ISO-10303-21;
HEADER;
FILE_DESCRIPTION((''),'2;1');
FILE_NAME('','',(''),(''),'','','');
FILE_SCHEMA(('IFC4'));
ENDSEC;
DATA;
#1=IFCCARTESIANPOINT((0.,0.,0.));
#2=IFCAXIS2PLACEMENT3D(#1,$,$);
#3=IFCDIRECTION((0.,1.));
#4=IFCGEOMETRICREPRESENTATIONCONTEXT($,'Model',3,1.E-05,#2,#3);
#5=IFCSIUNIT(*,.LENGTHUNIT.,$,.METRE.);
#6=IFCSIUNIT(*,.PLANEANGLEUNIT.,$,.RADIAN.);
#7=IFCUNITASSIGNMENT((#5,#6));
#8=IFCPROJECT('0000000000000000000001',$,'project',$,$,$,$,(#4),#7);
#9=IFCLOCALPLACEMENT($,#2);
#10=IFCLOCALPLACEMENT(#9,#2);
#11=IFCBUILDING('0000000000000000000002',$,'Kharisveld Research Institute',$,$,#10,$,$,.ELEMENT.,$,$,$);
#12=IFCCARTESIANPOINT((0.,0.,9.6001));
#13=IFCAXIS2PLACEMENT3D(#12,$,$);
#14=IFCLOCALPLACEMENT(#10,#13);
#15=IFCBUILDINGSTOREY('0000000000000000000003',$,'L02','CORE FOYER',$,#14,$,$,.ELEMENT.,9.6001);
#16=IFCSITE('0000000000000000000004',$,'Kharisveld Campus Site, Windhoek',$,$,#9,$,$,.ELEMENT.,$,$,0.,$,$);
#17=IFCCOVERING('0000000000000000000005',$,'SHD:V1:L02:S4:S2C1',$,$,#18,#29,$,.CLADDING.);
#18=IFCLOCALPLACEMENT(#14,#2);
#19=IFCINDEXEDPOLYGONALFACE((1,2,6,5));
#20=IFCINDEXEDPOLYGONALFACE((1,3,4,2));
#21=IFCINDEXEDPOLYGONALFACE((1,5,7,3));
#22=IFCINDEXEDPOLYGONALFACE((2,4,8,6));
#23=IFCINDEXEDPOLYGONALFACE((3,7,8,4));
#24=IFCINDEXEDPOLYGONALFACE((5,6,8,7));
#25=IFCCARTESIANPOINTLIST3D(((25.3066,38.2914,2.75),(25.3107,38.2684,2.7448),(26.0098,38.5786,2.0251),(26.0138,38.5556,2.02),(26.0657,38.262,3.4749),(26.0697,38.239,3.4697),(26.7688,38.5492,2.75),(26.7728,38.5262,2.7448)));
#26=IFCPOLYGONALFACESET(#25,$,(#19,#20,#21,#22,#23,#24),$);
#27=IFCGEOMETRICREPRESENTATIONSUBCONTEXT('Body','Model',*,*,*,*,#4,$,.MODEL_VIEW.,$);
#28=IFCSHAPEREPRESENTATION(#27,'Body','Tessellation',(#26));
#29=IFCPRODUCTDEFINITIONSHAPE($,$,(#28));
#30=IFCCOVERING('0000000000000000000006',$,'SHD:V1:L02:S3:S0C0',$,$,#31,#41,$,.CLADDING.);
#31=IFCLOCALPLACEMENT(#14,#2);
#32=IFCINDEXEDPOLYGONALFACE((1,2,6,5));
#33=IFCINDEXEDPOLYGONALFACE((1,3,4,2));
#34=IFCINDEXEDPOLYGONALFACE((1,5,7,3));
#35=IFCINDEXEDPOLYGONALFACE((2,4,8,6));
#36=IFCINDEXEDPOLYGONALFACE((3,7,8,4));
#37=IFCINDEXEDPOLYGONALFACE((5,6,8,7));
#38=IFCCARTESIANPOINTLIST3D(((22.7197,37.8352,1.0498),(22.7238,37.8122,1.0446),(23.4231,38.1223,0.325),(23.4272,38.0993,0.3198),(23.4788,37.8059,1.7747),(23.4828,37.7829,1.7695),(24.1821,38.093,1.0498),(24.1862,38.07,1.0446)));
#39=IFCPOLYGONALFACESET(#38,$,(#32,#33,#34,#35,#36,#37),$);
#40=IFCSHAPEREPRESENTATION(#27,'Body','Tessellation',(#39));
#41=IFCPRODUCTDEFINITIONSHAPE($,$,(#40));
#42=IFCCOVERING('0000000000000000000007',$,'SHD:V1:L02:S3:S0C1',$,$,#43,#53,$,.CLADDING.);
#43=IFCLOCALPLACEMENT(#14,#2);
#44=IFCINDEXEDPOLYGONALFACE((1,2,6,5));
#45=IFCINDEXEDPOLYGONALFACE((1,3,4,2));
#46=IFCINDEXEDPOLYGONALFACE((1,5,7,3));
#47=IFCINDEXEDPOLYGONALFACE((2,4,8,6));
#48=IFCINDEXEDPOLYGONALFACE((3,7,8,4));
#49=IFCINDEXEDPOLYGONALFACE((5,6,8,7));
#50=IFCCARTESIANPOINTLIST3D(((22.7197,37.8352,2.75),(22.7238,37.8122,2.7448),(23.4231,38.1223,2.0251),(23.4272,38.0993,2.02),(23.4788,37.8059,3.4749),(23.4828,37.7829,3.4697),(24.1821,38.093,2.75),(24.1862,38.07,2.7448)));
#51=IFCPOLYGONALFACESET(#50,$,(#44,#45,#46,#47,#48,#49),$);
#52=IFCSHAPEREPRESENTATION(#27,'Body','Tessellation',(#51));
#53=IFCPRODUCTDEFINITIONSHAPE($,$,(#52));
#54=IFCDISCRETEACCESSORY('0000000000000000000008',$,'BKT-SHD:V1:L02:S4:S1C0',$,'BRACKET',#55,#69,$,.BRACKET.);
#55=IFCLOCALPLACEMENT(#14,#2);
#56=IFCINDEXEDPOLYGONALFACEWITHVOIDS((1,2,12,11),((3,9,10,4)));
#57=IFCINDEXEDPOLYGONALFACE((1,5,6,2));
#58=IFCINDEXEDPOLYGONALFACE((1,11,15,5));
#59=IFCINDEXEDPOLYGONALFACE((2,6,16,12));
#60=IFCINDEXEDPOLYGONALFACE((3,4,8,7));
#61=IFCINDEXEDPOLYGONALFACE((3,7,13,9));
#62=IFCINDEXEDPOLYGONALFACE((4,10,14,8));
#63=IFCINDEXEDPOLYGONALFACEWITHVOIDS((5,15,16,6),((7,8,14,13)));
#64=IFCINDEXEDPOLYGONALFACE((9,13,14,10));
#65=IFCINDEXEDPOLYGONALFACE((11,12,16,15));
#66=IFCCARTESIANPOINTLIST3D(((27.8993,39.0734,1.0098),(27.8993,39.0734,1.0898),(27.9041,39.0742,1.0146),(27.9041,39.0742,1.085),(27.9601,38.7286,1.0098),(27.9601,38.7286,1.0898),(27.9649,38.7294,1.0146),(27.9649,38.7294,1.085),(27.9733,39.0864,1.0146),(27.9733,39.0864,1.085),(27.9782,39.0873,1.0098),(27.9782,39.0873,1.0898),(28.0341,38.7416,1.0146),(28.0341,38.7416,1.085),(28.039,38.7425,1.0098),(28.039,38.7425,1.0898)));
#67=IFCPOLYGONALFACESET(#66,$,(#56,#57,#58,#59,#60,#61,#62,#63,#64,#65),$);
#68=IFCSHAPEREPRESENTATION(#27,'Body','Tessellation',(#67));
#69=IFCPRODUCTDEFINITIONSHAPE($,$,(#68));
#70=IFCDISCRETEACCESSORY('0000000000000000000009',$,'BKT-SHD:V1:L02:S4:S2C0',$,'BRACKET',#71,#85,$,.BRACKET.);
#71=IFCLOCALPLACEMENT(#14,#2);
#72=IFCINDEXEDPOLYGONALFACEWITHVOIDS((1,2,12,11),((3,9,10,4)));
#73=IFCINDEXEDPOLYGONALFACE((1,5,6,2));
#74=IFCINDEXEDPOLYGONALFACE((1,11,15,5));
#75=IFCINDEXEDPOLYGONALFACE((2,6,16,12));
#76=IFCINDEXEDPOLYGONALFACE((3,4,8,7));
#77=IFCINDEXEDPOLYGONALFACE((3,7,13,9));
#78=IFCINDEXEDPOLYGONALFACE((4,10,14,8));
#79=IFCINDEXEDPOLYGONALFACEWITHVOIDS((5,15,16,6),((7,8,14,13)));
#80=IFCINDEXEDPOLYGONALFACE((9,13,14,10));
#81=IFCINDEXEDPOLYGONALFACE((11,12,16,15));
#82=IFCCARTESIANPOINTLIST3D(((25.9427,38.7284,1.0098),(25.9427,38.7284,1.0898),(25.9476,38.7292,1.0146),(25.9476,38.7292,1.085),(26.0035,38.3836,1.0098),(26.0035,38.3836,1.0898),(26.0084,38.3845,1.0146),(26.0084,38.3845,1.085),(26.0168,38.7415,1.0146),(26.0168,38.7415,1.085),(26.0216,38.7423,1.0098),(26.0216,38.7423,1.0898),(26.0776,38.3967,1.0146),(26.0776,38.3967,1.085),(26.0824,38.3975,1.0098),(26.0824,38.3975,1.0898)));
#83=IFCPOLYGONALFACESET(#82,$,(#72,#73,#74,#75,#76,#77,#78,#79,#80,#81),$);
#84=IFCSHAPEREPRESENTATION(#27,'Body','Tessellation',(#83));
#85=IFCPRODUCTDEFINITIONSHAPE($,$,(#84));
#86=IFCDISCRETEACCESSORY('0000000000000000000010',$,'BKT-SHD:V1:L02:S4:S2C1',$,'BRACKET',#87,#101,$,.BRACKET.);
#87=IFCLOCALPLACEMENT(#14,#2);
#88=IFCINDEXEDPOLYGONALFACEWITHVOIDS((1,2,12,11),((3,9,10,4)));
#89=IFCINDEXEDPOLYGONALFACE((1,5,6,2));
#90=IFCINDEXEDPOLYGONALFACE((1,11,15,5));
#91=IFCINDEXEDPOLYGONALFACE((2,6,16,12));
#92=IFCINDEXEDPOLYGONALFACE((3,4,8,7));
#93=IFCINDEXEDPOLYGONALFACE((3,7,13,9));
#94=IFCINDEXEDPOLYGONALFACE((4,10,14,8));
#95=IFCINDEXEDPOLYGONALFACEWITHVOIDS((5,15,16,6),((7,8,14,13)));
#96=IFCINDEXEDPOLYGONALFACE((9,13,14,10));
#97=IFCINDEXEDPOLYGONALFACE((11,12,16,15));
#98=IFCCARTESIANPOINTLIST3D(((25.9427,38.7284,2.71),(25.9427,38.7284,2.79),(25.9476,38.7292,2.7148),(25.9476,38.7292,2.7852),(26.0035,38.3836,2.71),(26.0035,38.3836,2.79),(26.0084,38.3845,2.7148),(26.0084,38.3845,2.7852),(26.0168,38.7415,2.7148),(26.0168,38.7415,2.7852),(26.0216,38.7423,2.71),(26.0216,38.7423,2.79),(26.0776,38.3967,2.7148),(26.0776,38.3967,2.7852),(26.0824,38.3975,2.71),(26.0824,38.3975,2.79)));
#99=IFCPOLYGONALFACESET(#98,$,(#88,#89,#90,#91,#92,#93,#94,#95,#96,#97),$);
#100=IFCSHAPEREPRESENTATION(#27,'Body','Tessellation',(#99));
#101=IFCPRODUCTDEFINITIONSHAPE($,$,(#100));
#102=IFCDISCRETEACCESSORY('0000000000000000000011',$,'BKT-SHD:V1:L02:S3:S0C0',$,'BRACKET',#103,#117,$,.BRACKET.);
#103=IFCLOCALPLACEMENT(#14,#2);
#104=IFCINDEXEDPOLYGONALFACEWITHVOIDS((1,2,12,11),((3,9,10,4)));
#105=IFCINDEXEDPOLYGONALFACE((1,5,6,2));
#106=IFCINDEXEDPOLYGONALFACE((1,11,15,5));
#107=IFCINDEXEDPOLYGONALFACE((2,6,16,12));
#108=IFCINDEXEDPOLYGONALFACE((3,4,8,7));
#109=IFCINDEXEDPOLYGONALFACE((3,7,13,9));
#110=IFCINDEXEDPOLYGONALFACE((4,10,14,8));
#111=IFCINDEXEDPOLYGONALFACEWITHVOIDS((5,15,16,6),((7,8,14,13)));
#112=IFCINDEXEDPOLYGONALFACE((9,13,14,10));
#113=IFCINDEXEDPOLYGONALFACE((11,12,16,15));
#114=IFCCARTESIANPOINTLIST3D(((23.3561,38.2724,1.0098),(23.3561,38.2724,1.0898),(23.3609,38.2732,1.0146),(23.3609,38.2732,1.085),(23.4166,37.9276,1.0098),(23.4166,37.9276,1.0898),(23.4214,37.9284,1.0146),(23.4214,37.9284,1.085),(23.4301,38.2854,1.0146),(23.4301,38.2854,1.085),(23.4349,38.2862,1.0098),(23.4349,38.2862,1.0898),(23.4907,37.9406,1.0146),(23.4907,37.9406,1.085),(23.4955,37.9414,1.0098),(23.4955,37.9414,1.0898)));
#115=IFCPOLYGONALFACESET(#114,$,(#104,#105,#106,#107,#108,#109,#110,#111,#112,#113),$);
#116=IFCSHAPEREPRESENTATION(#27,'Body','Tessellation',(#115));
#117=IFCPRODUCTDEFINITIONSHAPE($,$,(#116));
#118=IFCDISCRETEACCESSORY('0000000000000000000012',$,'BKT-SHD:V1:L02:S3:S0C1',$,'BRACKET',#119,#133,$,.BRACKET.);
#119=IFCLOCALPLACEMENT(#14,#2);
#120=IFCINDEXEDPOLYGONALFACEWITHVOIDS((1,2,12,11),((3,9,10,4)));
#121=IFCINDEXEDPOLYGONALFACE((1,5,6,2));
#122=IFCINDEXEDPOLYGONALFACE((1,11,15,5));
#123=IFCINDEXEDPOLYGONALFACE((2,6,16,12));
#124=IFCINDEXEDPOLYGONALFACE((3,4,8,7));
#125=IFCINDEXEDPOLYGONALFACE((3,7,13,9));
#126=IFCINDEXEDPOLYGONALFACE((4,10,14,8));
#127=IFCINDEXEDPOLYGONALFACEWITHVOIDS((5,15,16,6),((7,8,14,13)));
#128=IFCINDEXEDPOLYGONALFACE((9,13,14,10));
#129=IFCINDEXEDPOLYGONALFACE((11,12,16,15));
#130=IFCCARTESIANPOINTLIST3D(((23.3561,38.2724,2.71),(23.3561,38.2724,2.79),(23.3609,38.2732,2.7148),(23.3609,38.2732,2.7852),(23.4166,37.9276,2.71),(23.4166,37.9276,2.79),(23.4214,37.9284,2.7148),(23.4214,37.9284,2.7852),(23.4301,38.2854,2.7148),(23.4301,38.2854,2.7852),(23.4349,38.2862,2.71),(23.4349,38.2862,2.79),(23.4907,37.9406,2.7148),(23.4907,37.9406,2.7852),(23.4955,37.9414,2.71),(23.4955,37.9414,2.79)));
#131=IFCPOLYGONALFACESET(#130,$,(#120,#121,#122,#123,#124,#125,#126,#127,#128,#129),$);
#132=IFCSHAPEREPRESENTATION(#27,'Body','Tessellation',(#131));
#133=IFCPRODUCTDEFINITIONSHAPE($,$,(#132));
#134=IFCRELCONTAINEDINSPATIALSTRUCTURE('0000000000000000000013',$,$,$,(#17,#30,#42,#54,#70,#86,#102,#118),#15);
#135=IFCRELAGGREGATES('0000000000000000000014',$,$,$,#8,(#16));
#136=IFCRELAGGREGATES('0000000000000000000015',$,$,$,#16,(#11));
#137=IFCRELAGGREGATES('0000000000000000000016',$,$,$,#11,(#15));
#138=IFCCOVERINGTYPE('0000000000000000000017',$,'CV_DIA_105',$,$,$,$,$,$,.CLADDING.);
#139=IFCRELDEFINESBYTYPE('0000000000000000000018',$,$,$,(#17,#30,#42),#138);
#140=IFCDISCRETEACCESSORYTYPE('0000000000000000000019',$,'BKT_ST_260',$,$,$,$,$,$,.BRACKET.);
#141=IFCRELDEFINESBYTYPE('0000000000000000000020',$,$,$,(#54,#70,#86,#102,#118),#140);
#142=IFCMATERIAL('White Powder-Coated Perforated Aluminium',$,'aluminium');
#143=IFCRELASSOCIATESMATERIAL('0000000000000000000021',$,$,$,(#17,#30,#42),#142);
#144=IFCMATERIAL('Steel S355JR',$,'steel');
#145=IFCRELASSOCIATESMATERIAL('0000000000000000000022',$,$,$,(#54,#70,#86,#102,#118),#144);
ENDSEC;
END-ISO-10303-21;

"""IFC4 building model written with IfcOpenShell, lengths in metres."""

from ifc_helpers import new_model, si_unit, direction, frame, origin, origin_2d, place, context, subcontext, project, spatial, polyline, hollow_rectangle, outline, extrude, material, type_object, element, save


model = new_model("IFC4")

# Units and contexts
model_context = context("Model", 3, precision=1e-05, world=origin(), true_north=direction((0.0, 1.0)))
body_context = subcontext(model_context, "Body", "Model", "MODEL_VIEW")
ifc_project = project(units=[si_unit("LENGTHUNIT", "METRE"), si_unit("PLANEANGLEUNIT", "RADIAN")], contexts=[model_context])

# Site, building, storey
site_placement = place(None, origin())
site = spatial("IfcSite", under=ifc_project, at=site_placement, Name="Kharisveld Campus Site, Windhoek", CompositionType="ELEMENT", RefElevation=0.0)
building_placement = place(site_placement, origin())
building = spatial("IfcBuilding", under=site, at=building_placement, Name="Kharisveld Research Institute", CompositionType="ELEMENT")
storey_placement = place(building_placement, frame((0.0, 0.0, 9.6001)))
storey = spatial("IfcBuildingStorey", under=building, at=storey_placement, Name="L02", Description="CORE FOYER", CompositionType="ELEMENT", Elevation=9.6001)

# Coverings
ifc_material_1 = material(Name="White Powder-Coated Perforated Aluminium", Category="aluminium")
covering_type = type_object("IfcCoveringType", Name="CV_DIA_105", PredefinedType="CLADDING")
for number, where, z_axis, x_axis, name in (
    (1, (26.0098, 38.5786, 2.0251), (-0.169525, 0.961443, 0.21654), (-0.669701, -0.273579, 0.690402), "SHD:V1:L02:S4:S2C1"),
):
    element("IfcCovering", number, at=place(storey_placement, frame(where, z_axis=z_axis, x_axis=x_axis)), inside=storey, type_object=covering_type, material=ifc_material_1, Name=name, PredefinedType="CLADDING", context=body_context, shape_type="SweptSolid", body=[
        extrude(outline(polyline([(0.0, 0.0), (1.0499, 0.0), (1.0501, 1.05), (0.0002, 1.05), (0.0, 0.0)])), origin(), (0.0, 0.0, -1.0), 0.0239),
    ])
for number, where, z_axis, x_axis, name in (
    (2, (23.4231, 38.1223, 0.325), (-0.169504, 0.961487, 0.216358), (-0.669853, -0.273429, 0.690314), "SHD:V1:L02:S3:S0C0"),
    (3, (23.4231, 38.1223, 2.0251), (-0.169504, 0.961487, 0.216358), (-0.669853, -0.273429, 0.690314), "SHD:V1:L02:S3:S0C1"),
):
    element("IfcCovering", number, at=place(storey_placement, frame(where, z_axis=z_axis, x_axis=x_axis)), inside=storey, type_object=covering_type, material=ifc_material_1, Name=name, PredefinedType="CLADDING", context=body_context, shape_type="SweptSolid", body=[
        extrude(outline(polyline([(0.0, 0.0), (1.05, 0.0), (1.05, 1.05), (-0.0001, 1.05), (0.0, 0.0)])), origin(), (0.0, 0.0, -1.0), 0.0239),
    ])

# Discrete accessories
ifc_material_2 = material(Name="Steel S355JR", Category="steel")
discrete_accessory_type = type_object("IfcDiscreteAccessoryType", Name="BKT_ST_260", PredefinedType="BRACKET")
for number, where, z_axis, x_axis, name in (
    (4, (27.9387, 39.0803, 1.0498), (0.173666, -0.984805, 0.0), (0.984805, 0.173666, 0.0), "BKT-SHD:V1:L02:S4:S1C0"),
    (5, (25.9822, 38.7354, 1.0498), (0.173666, -0.984805, 0.0), (0.984805, 0.173666, 0.0), "BKT-SHD:V1:L02:S4:S2C0"),
    (6, (25.9822, 38.7354, 2.75), (0.173666, -0.984805, 0.0), (0.984805, 0.173666, 0.0), "BKT-SHD:V1:L02:S4:S2C1"),
    (7, (23.3955, 38.2793, 1.0498), (0.172989, -0.984924, 0.0), (0.984924, 0.172989, 0.0), "BKT-SHD:V1:L02:S3:S0C0"),
    (8, (23.3955, 38.2793, 2.75), (0.172989, -0.984924, 0.0), (0.984924, 0.172989, 0.0), "BKT-SHD:V1:L02:S3:S0C1"),
):
    element("IfcDiscreteAccessory", number, at=place(storey_placement, frame(where, z_axis=z_axis, x_axis=x_axis)), inside=storey, type_object=discrete_accessory_type, material=ifc_material_2, Name=name, ObjectType="BRACKET", PredefinedType="BRACKET", context=body_context, shape_type="SweptSolid", body=[
        extrude(hollow_rectangle(XDim=0.0801, YDim=0.0801, WallThickness=0.0049, at=origin_2d()), origin(), (0.0, 0.0, 1.0), 0.3501),
    ])

save(model, "model.ifc")
